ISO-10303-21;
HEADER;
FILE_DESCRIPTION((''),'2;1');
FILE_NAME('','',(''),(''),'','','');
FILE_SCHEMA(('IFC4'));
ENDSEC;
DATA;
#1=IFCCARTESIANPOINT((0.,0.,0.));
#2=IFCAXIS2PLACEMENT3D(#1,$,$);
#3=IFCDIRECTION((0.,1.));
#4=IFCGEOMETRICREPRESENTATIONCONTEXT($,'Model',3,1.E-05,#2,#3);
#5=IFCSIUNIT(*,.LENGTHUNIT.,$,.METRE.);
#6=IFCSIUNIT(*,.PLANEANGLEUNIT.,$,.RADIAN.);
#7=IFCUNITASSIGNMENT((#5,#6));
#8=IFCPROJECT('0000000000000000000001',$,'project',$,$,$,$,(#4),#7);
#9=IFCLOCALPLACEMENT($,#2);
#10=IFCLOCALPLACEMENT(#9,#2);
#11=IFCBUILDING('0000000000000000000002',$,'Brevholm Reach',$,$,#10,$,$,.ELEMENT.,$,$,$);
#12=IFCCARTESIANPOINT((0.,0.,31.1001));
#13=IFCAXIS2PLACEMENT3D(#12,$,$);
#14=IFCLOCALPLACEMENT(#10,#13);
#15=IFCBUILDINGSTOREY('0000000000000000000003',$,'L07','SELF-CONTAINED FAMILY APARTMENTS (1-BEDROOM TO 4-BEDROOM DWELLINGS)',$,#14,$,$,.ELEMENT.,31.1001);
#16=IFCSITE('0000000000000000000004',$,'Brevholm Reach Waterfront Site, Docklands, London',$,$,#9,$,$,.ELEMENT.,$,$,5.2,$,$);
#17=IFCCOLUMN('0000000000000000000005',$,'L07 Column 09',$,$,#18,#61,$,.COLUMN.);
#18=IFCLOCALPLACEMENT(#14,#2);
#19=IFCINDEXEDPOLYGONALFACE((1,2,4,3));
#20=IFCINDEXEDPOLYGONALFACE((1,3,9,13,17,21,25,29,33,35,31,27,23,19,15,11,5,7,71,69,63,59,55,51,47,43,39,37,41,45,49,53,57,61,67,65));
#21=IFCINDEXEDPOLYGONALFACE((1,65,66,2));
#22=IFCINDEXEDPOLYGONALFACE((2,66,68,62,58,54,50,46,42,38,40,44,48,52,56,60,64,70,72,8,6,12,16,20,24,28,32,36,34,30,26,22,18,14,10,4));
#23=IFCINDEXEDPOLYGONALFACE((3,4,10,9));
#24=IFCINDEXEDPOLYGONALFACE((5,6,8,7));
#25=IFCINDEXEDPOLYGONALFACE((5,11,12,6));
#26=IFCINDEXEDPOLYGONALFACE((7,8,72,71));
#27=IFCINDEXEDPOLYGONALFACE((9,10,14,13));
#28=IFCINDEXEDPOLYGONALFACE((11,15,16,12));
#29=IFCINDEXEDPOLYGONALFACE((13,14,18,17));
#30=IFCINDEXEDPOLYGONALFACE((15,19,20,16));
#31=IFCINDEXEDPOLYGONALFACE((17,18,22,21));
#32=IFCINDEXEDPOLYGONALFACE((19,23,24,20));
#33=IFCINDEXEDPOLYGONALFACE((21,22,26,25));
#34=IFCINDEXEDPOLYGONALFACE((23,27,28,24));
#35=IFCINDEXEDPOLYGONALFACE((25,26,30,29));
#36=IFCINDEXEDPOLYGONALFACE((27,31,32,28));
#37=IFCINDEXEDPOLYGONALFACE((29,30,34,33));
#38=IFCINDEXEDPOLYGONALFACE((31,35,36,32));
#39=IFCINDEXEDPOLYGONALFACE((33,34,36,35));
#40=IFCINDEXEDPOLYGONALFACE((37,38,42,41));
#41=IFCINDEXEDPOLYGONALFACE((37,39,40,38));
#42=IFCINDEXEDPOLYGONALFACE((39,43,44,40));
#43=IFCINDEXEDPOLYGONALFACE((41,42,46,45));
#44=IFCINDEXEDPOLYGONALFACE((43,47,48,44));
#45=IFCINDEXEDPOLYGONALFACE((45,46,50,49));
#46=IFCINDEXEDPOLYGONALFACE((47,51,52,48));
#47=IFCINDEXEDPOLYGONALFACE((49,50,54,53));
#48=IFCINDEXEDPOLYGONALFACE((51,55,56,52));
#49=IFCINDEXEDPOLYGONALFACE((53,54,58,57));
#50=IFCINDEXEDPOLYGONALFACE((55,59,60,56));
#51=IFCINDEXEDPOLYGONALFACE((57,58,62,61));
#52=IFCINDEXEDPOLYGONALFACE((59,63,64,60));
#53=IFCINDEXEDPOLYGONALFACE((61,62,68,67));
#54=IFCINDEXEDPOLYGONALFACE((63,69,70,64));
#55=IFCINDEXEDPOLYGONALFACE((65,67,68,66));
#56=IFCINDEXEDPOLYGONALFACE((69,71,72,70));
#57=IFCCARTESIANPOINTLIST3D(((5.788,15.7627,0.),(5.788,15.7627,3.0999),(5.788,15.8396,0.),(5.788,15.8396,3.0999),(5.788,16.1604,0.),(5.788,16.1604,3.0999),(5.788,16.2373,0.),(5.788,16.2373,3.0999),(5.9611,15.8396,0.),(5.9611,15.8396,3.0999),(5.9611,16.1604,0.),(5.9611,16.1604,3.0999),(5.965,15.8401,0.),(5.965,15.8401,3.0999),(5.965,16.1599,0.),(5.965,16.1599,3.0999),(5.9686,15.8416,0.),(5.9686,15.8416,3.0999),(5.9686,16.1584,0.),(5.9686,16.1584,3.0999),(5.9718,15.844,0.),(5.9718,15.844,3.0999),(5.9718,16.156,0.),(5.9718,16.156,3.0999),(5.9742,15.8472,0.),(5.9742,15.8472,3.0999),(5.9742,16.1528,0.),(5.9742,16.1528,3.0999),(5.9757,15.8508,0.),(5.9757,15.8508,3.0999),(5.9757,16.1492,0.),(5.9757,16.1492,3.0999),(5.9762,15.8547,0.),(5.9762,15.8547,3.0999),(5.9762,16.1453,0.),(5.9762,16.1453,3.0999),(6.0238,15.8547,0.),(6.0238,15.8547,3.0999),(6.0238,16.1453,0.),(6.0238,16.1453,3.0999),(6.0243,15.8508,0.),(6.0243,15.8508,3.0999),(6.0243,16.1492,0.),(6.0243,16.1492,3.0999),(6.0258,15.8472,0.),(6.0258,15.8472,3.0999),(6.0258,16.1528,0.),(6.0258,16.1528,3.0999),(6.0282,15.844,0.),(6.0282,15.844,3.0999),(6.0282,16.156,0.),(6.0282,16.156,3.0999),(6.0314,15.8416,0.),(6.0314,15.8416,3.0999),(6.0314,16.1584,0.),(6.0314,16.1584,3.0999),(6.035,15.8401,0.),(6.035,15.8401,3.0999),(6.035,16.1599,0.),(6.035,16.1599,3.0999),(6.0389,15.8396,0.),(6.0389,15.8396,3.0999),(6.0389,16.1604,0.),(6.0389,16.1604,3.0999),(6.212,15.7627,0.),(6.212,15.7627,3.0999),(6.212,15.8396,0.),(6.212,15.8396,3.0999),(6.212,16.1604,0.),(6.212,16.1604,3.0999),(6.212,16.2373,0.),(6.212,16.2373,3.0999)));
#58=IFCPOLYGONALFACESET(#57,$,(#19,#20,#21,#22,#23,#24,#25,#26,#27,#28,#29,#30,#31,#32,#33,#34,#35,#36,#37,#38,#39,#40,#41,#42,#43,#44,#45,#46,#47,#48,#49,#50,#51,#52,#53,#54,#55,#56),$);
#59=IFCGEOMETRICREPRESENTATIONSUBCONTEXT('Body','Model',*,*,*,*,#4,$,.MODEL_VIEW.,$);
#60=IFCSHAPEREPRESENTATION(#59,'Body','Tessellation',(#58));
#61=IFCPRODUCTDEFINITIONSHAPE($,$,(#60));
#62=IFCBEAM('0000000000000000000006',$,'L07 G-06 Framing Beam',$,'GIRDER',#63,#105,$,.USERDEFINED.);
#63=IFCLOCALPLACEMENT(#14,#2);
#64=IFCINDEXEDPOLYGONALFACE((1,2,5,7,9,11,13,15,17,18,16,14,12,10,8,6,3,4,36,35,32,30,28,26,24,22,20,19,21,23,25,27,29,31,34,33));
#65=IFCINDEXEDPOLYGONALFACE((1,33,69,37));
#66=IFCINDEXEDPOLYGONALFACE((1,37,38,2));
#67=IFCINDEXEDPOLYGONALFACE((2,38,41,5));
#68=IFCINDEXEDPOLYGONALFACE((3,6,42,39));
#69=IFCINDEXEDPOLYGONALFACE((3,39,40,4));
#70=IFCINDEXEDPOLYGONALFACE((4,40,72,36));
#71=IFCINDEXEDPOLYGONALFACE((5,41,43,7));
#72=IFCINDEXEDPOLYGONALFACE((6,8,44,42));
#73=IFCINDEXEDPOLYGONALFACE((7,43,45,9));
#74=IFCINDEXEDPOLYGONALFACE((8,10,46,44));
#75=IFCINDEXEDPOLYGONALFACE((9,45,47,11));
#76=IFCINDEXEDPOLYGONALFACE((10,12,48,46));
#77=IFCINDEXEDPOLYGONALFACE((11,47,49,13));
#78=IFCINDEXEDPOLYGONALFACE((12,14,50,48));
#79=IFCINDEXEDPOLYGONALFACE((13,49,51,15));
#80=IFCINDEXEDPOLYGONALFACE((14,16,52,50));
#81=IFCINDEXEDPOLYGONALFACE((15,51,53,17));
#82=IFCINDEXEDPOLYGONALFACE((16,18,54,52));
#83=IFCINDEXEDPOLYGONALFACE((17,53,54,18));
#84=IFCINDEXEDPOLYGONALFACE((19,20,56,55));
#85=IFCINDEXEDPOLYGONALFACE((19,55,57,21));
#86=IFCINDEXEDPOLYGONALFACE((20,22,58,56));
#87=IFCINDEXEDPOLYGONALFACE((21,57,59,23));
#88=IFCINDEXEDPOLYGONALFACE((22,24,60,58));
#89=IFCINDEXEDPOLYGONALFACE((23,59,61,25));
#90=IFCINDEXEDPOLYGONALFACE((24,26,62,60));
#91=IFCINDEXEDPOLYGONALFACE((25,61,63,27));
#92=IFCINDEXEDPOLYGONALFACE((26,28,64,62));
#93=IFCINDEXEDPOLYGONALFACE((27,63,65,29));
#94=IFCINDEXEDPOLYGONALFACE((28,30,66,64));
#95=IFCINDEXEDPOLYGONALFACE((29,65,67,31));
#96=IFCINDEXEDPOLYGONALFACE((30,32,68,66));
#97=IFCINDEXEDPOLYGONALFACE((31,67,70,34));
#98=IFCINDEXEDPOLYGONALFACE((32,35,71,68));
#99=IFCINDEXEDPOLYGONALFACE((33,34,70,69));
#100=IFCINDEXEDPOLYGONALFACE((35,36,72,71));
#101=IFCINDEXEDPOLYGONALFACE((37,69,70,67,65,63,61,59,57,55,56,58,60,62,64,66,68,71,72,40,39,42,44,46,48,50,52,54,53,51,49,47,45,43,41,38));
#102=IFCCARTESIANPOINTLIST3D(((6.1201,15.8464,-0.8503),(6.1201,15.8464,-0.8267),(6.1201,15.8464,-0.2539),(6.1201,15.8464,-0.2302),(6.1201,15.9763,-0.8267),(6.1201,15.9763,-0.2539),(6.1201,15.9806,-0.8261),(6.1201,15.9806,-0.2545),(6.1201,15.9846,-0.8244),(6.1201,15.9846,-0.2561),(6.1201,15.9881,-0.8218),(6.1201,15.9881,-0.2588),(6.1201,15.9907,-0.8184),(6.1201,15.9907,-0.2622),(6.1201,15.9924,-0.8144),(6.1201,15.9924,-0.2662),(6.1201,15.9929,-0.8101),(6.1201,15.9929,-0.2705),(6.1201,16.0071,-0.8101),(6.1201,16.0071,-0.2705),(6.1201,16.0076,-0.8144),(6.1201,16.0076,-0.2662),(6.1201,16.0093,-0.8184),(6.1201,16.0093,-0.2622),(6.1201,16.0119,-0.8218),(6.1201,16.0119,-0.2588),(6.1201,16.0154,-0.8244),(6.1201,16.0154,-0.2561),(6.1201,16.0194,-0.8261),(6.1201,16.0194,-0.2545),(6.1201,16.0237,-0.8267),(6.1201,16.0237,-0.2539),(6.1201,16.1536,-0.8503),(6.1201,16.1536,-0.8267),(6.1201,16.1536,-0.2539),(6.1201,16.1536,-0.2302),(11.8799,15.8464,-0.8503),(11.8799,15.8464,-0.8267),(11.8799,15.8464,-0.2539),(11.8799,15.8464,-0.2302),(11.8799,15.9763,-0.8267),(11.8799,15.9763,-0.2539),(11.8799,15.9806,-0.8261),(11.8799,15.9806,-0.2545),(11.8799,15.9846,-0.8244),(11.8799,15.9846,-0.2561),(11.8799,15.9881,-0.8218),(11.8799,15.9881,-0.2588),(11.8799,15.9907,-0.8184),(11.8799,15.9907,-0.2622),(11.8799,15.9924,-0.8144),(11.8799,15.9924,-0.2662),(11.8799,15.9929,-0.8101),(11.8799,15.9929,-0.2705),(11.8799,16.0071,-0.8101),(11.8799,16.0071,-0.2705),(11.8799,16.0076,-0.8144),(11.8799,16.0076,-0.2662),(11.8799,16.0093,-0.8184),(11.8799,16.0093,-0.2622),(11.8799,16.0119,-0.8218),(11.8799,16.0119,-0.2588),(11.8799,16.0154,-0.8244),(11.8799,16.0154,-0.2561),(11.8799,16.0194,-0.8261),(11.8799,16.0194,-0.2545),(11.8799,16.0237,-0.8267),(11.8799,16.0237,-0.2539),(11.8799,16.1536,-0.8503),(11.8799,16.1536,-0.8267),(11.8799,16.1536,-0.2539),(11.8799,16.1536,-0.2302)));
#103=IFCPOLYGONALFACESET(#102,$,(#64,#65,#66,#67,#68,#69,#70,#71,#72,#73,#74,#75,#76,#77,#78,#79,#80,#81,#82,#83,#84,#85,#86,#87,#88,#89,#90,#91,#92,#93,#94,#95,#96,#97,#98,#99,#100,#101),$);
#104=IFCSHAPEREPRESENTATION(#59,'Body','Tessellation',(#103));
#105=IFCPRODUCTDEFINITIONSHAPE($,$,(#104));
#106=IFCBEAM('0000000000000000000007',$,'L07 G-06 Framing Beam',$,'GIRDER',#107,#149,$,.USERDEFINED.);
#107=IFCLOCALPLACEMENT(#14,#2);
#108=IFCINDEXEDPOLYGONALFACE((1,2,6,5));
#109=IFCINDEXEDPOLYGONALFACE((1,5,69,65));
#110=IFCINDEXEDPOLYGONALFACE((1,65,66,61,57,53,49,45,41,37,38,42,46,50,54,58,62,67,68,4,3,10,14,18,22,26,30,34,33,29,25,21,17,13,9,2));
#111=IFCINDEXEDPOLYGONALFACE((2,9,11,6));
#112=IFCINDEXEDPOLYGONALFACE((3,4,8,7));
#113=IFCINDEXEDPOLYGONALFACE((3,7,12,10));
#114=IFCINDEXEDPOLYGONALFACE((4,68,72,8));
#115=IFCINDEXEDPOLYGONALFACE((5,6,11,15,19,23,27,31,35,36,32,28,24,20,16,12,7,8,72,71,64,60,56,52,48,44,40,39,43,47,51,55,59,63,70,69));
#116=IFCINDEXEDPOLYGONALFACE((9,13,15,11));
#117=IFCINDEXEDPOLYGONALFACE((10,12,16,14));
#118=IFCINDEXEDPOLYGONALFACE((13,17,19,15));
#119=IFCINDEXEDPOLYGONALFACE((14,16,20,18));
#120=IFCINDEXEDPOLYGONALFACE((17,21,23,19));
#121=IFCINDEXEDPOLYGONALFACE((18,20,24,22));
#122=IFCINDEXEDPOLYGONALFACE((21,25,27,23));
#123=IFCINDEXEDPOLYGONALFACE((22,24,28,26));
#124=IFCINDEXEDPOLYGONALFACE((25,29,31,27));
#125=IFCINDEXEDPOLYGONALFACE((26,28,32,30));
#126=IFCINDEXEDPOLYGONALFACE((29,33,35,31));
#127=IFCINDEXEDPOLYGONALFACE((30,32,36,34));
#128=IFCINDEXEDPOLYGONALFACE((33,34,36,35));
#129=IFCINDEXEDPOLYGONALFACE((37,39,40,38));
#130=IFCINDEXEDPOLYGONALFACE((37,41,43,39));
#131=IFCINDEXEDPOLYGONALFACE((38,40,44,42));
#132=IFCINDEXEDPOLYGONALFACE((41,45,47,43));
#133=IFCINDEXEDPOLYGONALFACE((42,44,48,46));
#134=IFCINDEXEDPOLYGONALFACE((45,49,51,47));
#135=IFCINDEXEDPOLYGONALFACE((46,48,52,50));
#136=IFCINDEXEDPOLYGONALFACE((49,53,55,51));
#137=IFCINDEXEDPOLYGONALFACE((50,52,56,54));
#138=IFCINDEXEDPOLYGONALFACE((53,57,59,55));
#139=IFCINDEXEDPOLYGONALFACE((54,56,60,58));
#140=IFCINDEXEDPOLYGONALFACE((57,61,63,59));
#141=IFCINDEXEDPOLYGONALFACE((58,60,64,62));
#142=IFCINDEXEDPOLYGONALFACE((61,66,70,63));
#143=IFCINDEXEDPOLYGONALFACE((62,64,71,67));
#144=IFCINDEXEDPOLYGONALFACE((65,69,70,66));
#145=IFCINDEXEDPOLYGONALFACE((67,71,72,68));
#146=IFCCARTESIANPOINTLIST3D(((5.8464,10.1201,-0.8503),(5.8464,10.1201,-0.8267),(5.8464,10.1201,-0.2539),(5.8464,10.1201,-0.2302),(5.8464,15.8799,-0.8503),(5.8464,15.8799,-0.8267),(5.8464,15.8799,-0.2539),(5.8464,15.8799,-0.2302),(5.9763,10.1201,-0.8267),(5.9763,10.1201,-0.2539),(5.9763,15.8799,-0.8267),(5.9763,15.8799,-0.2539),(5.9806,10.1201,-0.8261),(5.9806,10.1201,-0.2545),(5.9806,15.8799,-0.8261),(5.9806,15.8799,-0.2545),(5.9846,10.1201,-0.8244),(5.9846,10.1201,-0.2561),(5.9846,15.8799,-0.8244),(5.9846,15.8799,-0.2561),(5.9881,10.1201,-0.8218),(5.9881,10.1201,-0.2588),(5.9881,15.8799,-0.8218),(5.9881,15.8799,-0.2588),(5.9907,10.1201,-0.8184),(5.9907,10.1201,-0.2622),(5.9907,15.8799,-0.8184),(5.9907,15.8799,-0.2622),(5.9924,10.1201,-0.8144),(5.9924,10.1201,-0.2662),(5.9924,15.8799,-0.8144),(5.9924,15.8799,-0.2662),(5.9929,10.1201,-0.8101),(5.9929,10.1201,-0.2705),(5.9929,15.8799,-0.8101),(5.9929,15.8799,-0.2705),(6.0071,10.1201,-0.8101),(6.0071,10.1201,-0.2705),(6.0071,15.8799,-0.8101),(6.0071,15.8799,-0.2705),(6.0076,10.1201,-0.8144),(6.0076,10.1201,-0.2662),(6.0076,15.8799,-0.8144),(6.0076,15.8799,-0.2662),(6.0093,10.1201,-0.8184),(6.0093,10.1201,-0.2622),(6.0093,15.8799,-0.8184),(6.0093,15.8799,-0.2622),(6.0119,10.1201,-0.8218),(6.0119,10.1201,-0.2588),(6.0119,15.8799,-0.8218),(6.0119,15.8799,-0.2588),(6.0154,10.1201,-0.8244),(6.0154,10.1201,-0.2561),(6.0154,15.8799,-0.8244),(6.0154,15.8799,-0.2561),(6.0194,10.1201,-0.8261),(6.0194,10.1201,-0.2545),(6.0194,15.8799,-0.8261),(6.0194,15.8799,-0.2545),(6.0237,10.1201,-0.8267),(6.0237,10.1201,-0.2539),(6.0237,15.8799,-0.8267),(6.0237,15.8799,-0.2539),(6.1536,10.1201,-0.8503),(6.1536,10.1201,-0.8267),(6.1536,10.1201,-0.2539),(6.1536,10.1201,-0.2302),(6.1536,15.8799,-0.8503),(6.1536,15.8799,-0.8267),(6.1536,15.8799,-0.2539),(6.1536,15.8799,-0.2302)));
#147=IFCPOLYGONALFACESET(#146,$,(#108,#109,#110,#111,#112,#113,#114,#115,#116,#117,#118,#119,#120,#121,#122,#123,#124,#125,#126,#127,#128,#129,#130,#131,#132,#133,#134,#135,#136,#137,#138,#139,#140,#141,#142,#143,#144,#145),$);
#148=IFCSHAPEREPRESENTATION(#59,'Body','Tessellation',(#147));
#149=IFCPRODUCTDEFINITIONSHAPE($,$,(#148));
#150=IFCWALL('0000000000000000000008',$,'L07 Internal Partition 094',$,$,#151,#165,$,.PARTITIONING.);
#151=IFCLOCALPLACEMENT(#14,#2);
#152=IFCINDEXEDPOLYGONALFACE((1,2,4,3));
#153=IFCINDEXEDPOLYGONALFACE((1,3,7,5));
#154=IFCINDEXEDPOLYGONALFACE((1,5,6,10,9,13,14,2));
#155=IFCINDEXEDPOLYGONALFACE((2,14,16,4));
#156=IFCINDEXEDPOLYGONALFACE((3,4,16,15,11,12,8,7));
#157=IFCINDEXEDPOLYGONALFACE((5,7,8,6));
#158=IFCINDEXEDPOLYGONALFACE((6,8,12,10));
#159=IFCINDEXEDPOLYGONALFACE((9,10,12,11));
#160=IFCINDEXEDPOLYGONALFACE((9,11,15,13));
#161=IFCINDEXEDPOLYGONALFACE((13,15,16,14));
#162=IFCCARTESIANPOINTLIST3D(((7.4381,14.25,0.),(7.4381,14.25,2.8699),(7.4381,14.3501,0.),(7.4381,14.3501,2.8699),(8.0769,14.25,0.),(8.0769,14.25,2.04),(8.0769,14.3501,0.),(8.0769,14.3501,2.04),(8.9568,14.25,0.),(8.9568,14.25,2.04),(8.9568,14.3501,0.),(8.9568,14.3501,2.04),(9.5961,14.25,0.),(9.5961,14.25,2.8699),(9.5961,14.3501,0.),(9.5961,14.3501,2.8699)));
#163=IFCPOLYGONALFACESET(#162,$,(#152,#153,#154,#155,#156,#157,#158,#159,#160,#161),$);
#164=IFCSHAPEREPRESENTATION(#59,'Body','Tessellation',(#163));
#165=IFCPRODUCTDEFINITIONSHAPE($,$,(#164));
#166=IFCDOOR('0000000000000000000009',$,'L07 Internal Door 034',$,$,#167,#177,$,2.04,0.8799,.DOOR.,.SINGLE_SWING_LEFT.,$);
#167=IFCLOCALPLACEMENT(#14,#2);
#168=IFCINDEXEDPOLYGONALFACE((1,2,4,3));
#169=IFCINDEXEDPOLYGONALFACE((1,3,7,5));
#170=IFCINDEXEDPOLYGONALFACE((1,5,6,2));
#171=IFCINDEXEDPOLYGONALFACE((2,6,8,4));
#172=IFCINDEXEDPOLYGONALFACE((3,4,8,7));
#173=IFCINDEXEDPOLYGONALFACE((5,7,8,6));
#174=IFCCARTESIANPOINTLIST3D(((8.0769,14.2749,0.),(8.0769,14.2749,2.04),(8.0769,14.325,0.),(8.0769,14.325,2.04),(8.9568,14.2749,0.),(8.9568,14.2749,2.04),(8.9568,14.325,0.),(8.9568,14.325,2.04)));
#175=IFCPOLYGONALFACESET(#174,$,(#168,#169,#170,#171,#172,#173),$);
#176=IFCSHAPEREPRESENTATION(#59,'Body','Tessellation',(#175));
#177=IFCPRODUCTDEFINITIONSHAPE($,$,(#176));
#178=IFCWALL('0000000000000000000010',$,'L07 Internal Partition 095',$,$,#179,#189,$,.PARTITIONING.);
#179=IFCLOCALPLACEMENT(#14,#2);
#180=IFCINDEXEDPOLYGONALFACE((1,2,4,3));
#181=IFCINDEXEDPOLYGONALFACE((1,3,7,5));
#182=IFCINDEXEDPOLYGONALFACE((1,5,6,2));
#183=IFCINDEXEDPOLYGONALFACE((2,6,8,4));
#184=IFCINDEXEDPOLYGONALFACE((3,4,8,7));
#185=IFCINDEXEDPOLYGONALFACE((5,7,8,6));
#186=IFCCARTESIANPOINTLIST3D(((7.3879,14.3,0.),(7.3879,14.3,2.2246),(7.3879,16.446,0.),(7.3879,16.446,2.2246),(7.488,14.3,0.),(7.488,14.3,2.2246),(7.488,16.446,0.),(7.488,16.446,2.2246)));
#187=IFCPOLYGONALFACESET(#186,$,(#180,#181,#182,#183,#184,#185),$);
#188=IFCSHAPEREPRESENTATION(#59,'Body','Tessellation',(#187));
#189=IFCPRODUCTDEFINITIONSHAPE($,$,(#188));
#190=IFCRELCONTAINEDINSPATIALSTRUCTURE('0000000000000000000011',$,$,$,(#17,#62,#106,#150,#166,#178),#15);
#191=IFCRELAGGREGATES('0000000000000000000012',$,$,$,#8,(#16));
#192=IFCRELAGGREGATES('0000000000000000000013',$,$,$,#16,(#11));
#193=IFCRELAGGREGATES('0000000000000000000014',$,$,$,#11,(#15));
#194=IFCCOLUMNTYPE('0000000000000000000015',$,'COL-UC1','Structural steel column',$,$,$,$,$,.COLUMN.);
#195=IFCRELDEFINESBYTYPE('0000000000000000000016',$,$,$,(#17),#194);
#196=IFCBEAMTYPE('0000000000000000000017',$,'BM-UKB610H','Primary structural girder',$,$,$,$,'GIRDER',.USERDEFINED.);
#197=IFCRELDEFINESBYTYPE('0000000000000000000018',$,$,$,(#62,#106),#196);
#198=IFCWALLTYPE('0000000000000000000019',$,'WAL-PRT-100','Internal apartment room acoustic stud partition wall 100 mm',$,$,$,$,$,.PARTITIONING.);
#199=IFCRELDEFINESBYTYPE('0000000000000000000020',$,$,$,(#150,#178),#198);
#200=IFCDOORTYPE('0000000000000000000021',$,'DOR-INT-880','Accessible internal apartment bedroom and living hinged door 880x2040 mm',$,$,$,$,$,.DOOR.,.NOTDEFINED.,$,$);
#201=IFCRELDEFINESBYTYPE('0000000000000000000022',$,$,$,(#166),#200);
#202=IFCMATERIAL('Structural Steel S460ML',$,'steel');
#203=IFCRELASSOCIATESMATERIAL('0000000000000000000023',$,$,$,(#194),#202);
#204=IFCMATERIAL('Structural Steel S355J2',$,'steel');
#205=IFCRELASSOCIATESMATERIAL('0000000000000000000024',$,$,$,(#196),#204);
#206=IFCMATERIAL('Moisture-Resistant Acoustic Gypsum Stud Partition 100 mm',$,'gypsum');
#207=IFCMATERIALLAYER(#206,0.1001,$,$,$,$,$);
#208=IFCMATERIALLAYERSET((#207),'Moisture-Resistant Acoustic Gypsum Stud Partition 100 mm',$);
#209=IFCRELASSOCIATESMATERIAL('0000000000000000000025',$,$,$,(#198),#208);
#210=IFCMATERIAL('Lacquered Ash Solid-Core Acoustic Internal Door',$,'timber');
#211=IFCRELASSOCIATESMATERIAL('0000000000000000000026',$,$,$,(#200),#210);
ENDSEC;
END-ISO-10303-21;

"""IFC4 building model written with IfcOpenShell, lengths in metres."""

from ifc_helpers import new_model, si_unit, direction, frame, frame_2d, origin, origin_2d, place, context, subcontext, project, spatial, rectangle, i_section, extrude, material, layer, layer_set, material_profile, profile_set, type_object, element, fill, save


model = new_model("IFC4")

# Units and contexts
model_context = context("Model", 3, precision=1e-05, world=origin(), true_north=direction((0.0, 1.0)))
body_context = subcontext(model_context, "Body", "Model", "MODEL_VIEW")
ifc_project = project(units=[si_unit("LENGTHUNIT", "METRE"), si_unit("PLANEANGLEUNIT", "RADIAN")], contexts=[model_context])

# Site, building, storey
site_placement = place(None, origin())
site = spatial("IfcSite", under=ifc_project, at=site_placement, Name="Brevholm Reach Waterfront Site, Docklands, London", CompositionType="ELEMENT", RefElevation=5.2)
building_placement = place(site_placement, origin())
building = spatial("IfcBuilding", under=site, at=building_placement, Name="Brevholm Reach", CompositionType="ELEMENT")
storey_placement = place(building_placement, frame((0.0, 0.0, 31.1001)))
storey = spatial("IfcBuildingStorey", under=building, at=storey_placement, Name="L07", Description="SELF-CONTAINED FAMILY APARTMENTS (1-BEDROOM TO 4-BEDROOM DWELLINGS)", CompositionType="ELEMENT", Elevation=31.1001)

# Column
ifc_material_1 = material(Name="Structural Steel S460ML", Category="steel")
ifc_material_profile_1 = material_profile(ifc_material_1, i_section(OverallWidth=0.4241, OverallDepth=0.4746, WebThickness=0.0476, FlangeThickness=0.0769, FilletRadius=0.0151, at=origin_2d()), Name="UKC 356x406x634")
ifc_profile_set_1 = profile_set([ifc_material_profile_1], Name="Structural Steel S460ML")
column_type = type_object("IfcColumnType", Name="COL-UC1", Description="Structural steel column", PredefinedType="COLUMN", material=ifc_profile_set_1)
column_placement = place(storey_placement, frame((6.0, 16.0, 0.0), z_axis=(0.0, 0.0, 1.0), x_axis=(1.0, 0.0, 0.0)))
element("IfcColumn", 1, at=column_placement, inside=storey, type_object=column_type, Name="L07 Column 09", PredefinedType="COLUMN", context=body_context, shape_type="SweptSolid", body=[
    extrude(i_section(OverallWidth=0.4241, OverallDepth=0.4746, WebThickness=0.0476, FlangeThickness=0.0769, FilletRadius=0.0151, at=origin_2d()), origin(), (0.0, 0.0, 1.0), 3.0999),
])

# Beams
ifc_material_2 = material(Name="Structural Steel S355J2", Category="steel")
ifc_material_profile_2 = material_profile(ifc_material_2, i_section(OverallWidth=0.3071, OverallDepth=0.6201, WebThickness=0.0142, FlangeThickness=0.0237, FilletRadius=0.0166, at=origin_2d()), Name="UKB 610x305x179")
ifc_profile_set_2 = profile_set([ifc_material_profile_2], Name="Structural Steel S355J2")
beam_type = type_object("IfcBeamType", Name="BM-UKB610H", Description="Primary structural girder", ElementType="GIRDER", PredefinedType="USERDEFINED", material=ifc_profile_set_2)
for number, where, z_axis, x_axis, name in (
    (2, (6.1201, 16.0, -0.5403), (1.0, 0.0, 0.0), (0.0, 1.0, 0.0), "L07 G-06 Framing Beam"),
    (3, (6.0, 10.1201, -0.5403), (0.0, 1.0, 0.0), (-1.0, 0.0, 0.0), "L07 G-06 Framing Beam"),
):
    element("IfcBeam", number, at=place(storey_placement, frame(where, z_axis=z_axis, x_axis=x_axis)), inside=storey, type_object=beam_type, Name=name, ObjectType="GIRDER", PredefinedType="USERDEFINED", context=body_context, shape_type="SweptSolid", body=[
        extrude(i_section(OverallWidth=0.3071, OverallDepth=0.6201, WebThickness=0.0142, FlangeThickness=0.0237, FilletRadius=0.0166, at=origin_2d()), origin(), (0.0, 0.0, 1.0), 5.7598),
    ])

# Wall, opening, door
ifc_material_3 = material(Name="Moisture-Resistant Acoustic Gypsum Stud Partition 100 mm", Category="gypsum")
ifc_layer_1 = layer(ifc_material_3, 0.1001)
ifc_layer_set_1 = layer_set([ifc_layer_1], Name="Moisture-Resistant Acoustic Gypsum Stud Partition 100 mm")
wall_type_1 = type_object("IfcWallType", Name="WAL-PRT-100", Description="Internal apartment room acoustic stud partition wall 100 mm", PredefinedType="PARTITIONING", material=ifc_layer_set_1)
wall_1_placement = place(storey_placement, frame((7.438, 14.3, 0.0), z_axis=(0.0, 0.0, 1.0), x_axis=(1.0, 0.0, 0.0)))
wall_1 = element("IfcWall", 4, at=wall_1_placement, inside=storey, type_object=wall_type_1, Name="L07 Internal Partition 094", PredefinedType="PARTITIONING", context=body_context, shape_type="SweptSolid", body=[
    extrude(rectangle(XDim=2.158, YDim=0.1001, at=frame_2d((1.0791, 0.0))), origin(), (0.0, 0.0, 1.0), 2.8699),
])
opening_1_placement = place(wall_1_placement, frame((0.6389, 0.0, 0.0)))
opening_1 = element("IfcOpeningElement", 5, at=opening_1_placement, cuts=wall_1, PredefinedType="OPENING", context=body_context, shape_type="SweptSolid", body=[
    extrude(rectangle(XDim=0.8799, YDim=2.04, at=frame_2d((0.4399, 1.02))), frame((0.0, 0.0601, 0.0), z_axis=(0.0, -1.0, 0.0), x_axis=(1.0, 0.0, 0.0)), (0.0, 0.0, 1.0), 0.1201),
])
ifc_material_4 = material(Name="Lacquered Ash Solid-Core Acoustic Internal Door", Category="timber")
door_type_1 = type_object("IfcDoorType", Name="DOR-INT-880", Description="Accessible internal apartment bedroom and living hinged door 880x2040 mm", OperationType="NOTDEFINED", PredefinedType="DOOR", material=ifc_material_4)
door_1_placement = place(opening_1_placement, origin())
door_1 = element("IfcDoor", 6, at=door_1_placement, inside=storey, type_object=door_type_1, Name="L07 Internal Door 034", OperationType="SINGLE_SWING_LEFT", OverallHeight=2.04, OverallWidth=0.8799, PredefinedType="DOOR", context=body_context, shape_type="SweptSolid", body=[
    extrude(rectangle(XDim=0.8799, YDim=2.04, at=frame_2d((0.4399, 1.02))), frame((0.0, 0.0249, 0.0), z_axis=(0.0, -1.0, 0.0), x_axis=(1.0, 0.0, 0.0)), (0.0, 0.0, 1.0), 0.05),
])
fill(opening_1, door_1)

# Wall
wall_2_placement = place(storey_placement, frame((7.438, 14.3, 0.0), z_axis=(0.0, 0.0, 1.0), x_axis=(0.0, 1.0, 0.0)))
element("IfcWall", 7, at=wall_2_placement, inside=storey, type_object=wall_type_1, Name="L07 Internal Partition 095", PredefinedType="PARTITIONING", context=body_context, shape_type="SweptSolid", body=[
    extrude(rectangle(XDim=2.146, YDim=0.1001, at=frame_2d((1.073, 0.0))), origin(), (0.0, 0.0, 1.0), 2.2246),
])

save(model, "model.ifc")
